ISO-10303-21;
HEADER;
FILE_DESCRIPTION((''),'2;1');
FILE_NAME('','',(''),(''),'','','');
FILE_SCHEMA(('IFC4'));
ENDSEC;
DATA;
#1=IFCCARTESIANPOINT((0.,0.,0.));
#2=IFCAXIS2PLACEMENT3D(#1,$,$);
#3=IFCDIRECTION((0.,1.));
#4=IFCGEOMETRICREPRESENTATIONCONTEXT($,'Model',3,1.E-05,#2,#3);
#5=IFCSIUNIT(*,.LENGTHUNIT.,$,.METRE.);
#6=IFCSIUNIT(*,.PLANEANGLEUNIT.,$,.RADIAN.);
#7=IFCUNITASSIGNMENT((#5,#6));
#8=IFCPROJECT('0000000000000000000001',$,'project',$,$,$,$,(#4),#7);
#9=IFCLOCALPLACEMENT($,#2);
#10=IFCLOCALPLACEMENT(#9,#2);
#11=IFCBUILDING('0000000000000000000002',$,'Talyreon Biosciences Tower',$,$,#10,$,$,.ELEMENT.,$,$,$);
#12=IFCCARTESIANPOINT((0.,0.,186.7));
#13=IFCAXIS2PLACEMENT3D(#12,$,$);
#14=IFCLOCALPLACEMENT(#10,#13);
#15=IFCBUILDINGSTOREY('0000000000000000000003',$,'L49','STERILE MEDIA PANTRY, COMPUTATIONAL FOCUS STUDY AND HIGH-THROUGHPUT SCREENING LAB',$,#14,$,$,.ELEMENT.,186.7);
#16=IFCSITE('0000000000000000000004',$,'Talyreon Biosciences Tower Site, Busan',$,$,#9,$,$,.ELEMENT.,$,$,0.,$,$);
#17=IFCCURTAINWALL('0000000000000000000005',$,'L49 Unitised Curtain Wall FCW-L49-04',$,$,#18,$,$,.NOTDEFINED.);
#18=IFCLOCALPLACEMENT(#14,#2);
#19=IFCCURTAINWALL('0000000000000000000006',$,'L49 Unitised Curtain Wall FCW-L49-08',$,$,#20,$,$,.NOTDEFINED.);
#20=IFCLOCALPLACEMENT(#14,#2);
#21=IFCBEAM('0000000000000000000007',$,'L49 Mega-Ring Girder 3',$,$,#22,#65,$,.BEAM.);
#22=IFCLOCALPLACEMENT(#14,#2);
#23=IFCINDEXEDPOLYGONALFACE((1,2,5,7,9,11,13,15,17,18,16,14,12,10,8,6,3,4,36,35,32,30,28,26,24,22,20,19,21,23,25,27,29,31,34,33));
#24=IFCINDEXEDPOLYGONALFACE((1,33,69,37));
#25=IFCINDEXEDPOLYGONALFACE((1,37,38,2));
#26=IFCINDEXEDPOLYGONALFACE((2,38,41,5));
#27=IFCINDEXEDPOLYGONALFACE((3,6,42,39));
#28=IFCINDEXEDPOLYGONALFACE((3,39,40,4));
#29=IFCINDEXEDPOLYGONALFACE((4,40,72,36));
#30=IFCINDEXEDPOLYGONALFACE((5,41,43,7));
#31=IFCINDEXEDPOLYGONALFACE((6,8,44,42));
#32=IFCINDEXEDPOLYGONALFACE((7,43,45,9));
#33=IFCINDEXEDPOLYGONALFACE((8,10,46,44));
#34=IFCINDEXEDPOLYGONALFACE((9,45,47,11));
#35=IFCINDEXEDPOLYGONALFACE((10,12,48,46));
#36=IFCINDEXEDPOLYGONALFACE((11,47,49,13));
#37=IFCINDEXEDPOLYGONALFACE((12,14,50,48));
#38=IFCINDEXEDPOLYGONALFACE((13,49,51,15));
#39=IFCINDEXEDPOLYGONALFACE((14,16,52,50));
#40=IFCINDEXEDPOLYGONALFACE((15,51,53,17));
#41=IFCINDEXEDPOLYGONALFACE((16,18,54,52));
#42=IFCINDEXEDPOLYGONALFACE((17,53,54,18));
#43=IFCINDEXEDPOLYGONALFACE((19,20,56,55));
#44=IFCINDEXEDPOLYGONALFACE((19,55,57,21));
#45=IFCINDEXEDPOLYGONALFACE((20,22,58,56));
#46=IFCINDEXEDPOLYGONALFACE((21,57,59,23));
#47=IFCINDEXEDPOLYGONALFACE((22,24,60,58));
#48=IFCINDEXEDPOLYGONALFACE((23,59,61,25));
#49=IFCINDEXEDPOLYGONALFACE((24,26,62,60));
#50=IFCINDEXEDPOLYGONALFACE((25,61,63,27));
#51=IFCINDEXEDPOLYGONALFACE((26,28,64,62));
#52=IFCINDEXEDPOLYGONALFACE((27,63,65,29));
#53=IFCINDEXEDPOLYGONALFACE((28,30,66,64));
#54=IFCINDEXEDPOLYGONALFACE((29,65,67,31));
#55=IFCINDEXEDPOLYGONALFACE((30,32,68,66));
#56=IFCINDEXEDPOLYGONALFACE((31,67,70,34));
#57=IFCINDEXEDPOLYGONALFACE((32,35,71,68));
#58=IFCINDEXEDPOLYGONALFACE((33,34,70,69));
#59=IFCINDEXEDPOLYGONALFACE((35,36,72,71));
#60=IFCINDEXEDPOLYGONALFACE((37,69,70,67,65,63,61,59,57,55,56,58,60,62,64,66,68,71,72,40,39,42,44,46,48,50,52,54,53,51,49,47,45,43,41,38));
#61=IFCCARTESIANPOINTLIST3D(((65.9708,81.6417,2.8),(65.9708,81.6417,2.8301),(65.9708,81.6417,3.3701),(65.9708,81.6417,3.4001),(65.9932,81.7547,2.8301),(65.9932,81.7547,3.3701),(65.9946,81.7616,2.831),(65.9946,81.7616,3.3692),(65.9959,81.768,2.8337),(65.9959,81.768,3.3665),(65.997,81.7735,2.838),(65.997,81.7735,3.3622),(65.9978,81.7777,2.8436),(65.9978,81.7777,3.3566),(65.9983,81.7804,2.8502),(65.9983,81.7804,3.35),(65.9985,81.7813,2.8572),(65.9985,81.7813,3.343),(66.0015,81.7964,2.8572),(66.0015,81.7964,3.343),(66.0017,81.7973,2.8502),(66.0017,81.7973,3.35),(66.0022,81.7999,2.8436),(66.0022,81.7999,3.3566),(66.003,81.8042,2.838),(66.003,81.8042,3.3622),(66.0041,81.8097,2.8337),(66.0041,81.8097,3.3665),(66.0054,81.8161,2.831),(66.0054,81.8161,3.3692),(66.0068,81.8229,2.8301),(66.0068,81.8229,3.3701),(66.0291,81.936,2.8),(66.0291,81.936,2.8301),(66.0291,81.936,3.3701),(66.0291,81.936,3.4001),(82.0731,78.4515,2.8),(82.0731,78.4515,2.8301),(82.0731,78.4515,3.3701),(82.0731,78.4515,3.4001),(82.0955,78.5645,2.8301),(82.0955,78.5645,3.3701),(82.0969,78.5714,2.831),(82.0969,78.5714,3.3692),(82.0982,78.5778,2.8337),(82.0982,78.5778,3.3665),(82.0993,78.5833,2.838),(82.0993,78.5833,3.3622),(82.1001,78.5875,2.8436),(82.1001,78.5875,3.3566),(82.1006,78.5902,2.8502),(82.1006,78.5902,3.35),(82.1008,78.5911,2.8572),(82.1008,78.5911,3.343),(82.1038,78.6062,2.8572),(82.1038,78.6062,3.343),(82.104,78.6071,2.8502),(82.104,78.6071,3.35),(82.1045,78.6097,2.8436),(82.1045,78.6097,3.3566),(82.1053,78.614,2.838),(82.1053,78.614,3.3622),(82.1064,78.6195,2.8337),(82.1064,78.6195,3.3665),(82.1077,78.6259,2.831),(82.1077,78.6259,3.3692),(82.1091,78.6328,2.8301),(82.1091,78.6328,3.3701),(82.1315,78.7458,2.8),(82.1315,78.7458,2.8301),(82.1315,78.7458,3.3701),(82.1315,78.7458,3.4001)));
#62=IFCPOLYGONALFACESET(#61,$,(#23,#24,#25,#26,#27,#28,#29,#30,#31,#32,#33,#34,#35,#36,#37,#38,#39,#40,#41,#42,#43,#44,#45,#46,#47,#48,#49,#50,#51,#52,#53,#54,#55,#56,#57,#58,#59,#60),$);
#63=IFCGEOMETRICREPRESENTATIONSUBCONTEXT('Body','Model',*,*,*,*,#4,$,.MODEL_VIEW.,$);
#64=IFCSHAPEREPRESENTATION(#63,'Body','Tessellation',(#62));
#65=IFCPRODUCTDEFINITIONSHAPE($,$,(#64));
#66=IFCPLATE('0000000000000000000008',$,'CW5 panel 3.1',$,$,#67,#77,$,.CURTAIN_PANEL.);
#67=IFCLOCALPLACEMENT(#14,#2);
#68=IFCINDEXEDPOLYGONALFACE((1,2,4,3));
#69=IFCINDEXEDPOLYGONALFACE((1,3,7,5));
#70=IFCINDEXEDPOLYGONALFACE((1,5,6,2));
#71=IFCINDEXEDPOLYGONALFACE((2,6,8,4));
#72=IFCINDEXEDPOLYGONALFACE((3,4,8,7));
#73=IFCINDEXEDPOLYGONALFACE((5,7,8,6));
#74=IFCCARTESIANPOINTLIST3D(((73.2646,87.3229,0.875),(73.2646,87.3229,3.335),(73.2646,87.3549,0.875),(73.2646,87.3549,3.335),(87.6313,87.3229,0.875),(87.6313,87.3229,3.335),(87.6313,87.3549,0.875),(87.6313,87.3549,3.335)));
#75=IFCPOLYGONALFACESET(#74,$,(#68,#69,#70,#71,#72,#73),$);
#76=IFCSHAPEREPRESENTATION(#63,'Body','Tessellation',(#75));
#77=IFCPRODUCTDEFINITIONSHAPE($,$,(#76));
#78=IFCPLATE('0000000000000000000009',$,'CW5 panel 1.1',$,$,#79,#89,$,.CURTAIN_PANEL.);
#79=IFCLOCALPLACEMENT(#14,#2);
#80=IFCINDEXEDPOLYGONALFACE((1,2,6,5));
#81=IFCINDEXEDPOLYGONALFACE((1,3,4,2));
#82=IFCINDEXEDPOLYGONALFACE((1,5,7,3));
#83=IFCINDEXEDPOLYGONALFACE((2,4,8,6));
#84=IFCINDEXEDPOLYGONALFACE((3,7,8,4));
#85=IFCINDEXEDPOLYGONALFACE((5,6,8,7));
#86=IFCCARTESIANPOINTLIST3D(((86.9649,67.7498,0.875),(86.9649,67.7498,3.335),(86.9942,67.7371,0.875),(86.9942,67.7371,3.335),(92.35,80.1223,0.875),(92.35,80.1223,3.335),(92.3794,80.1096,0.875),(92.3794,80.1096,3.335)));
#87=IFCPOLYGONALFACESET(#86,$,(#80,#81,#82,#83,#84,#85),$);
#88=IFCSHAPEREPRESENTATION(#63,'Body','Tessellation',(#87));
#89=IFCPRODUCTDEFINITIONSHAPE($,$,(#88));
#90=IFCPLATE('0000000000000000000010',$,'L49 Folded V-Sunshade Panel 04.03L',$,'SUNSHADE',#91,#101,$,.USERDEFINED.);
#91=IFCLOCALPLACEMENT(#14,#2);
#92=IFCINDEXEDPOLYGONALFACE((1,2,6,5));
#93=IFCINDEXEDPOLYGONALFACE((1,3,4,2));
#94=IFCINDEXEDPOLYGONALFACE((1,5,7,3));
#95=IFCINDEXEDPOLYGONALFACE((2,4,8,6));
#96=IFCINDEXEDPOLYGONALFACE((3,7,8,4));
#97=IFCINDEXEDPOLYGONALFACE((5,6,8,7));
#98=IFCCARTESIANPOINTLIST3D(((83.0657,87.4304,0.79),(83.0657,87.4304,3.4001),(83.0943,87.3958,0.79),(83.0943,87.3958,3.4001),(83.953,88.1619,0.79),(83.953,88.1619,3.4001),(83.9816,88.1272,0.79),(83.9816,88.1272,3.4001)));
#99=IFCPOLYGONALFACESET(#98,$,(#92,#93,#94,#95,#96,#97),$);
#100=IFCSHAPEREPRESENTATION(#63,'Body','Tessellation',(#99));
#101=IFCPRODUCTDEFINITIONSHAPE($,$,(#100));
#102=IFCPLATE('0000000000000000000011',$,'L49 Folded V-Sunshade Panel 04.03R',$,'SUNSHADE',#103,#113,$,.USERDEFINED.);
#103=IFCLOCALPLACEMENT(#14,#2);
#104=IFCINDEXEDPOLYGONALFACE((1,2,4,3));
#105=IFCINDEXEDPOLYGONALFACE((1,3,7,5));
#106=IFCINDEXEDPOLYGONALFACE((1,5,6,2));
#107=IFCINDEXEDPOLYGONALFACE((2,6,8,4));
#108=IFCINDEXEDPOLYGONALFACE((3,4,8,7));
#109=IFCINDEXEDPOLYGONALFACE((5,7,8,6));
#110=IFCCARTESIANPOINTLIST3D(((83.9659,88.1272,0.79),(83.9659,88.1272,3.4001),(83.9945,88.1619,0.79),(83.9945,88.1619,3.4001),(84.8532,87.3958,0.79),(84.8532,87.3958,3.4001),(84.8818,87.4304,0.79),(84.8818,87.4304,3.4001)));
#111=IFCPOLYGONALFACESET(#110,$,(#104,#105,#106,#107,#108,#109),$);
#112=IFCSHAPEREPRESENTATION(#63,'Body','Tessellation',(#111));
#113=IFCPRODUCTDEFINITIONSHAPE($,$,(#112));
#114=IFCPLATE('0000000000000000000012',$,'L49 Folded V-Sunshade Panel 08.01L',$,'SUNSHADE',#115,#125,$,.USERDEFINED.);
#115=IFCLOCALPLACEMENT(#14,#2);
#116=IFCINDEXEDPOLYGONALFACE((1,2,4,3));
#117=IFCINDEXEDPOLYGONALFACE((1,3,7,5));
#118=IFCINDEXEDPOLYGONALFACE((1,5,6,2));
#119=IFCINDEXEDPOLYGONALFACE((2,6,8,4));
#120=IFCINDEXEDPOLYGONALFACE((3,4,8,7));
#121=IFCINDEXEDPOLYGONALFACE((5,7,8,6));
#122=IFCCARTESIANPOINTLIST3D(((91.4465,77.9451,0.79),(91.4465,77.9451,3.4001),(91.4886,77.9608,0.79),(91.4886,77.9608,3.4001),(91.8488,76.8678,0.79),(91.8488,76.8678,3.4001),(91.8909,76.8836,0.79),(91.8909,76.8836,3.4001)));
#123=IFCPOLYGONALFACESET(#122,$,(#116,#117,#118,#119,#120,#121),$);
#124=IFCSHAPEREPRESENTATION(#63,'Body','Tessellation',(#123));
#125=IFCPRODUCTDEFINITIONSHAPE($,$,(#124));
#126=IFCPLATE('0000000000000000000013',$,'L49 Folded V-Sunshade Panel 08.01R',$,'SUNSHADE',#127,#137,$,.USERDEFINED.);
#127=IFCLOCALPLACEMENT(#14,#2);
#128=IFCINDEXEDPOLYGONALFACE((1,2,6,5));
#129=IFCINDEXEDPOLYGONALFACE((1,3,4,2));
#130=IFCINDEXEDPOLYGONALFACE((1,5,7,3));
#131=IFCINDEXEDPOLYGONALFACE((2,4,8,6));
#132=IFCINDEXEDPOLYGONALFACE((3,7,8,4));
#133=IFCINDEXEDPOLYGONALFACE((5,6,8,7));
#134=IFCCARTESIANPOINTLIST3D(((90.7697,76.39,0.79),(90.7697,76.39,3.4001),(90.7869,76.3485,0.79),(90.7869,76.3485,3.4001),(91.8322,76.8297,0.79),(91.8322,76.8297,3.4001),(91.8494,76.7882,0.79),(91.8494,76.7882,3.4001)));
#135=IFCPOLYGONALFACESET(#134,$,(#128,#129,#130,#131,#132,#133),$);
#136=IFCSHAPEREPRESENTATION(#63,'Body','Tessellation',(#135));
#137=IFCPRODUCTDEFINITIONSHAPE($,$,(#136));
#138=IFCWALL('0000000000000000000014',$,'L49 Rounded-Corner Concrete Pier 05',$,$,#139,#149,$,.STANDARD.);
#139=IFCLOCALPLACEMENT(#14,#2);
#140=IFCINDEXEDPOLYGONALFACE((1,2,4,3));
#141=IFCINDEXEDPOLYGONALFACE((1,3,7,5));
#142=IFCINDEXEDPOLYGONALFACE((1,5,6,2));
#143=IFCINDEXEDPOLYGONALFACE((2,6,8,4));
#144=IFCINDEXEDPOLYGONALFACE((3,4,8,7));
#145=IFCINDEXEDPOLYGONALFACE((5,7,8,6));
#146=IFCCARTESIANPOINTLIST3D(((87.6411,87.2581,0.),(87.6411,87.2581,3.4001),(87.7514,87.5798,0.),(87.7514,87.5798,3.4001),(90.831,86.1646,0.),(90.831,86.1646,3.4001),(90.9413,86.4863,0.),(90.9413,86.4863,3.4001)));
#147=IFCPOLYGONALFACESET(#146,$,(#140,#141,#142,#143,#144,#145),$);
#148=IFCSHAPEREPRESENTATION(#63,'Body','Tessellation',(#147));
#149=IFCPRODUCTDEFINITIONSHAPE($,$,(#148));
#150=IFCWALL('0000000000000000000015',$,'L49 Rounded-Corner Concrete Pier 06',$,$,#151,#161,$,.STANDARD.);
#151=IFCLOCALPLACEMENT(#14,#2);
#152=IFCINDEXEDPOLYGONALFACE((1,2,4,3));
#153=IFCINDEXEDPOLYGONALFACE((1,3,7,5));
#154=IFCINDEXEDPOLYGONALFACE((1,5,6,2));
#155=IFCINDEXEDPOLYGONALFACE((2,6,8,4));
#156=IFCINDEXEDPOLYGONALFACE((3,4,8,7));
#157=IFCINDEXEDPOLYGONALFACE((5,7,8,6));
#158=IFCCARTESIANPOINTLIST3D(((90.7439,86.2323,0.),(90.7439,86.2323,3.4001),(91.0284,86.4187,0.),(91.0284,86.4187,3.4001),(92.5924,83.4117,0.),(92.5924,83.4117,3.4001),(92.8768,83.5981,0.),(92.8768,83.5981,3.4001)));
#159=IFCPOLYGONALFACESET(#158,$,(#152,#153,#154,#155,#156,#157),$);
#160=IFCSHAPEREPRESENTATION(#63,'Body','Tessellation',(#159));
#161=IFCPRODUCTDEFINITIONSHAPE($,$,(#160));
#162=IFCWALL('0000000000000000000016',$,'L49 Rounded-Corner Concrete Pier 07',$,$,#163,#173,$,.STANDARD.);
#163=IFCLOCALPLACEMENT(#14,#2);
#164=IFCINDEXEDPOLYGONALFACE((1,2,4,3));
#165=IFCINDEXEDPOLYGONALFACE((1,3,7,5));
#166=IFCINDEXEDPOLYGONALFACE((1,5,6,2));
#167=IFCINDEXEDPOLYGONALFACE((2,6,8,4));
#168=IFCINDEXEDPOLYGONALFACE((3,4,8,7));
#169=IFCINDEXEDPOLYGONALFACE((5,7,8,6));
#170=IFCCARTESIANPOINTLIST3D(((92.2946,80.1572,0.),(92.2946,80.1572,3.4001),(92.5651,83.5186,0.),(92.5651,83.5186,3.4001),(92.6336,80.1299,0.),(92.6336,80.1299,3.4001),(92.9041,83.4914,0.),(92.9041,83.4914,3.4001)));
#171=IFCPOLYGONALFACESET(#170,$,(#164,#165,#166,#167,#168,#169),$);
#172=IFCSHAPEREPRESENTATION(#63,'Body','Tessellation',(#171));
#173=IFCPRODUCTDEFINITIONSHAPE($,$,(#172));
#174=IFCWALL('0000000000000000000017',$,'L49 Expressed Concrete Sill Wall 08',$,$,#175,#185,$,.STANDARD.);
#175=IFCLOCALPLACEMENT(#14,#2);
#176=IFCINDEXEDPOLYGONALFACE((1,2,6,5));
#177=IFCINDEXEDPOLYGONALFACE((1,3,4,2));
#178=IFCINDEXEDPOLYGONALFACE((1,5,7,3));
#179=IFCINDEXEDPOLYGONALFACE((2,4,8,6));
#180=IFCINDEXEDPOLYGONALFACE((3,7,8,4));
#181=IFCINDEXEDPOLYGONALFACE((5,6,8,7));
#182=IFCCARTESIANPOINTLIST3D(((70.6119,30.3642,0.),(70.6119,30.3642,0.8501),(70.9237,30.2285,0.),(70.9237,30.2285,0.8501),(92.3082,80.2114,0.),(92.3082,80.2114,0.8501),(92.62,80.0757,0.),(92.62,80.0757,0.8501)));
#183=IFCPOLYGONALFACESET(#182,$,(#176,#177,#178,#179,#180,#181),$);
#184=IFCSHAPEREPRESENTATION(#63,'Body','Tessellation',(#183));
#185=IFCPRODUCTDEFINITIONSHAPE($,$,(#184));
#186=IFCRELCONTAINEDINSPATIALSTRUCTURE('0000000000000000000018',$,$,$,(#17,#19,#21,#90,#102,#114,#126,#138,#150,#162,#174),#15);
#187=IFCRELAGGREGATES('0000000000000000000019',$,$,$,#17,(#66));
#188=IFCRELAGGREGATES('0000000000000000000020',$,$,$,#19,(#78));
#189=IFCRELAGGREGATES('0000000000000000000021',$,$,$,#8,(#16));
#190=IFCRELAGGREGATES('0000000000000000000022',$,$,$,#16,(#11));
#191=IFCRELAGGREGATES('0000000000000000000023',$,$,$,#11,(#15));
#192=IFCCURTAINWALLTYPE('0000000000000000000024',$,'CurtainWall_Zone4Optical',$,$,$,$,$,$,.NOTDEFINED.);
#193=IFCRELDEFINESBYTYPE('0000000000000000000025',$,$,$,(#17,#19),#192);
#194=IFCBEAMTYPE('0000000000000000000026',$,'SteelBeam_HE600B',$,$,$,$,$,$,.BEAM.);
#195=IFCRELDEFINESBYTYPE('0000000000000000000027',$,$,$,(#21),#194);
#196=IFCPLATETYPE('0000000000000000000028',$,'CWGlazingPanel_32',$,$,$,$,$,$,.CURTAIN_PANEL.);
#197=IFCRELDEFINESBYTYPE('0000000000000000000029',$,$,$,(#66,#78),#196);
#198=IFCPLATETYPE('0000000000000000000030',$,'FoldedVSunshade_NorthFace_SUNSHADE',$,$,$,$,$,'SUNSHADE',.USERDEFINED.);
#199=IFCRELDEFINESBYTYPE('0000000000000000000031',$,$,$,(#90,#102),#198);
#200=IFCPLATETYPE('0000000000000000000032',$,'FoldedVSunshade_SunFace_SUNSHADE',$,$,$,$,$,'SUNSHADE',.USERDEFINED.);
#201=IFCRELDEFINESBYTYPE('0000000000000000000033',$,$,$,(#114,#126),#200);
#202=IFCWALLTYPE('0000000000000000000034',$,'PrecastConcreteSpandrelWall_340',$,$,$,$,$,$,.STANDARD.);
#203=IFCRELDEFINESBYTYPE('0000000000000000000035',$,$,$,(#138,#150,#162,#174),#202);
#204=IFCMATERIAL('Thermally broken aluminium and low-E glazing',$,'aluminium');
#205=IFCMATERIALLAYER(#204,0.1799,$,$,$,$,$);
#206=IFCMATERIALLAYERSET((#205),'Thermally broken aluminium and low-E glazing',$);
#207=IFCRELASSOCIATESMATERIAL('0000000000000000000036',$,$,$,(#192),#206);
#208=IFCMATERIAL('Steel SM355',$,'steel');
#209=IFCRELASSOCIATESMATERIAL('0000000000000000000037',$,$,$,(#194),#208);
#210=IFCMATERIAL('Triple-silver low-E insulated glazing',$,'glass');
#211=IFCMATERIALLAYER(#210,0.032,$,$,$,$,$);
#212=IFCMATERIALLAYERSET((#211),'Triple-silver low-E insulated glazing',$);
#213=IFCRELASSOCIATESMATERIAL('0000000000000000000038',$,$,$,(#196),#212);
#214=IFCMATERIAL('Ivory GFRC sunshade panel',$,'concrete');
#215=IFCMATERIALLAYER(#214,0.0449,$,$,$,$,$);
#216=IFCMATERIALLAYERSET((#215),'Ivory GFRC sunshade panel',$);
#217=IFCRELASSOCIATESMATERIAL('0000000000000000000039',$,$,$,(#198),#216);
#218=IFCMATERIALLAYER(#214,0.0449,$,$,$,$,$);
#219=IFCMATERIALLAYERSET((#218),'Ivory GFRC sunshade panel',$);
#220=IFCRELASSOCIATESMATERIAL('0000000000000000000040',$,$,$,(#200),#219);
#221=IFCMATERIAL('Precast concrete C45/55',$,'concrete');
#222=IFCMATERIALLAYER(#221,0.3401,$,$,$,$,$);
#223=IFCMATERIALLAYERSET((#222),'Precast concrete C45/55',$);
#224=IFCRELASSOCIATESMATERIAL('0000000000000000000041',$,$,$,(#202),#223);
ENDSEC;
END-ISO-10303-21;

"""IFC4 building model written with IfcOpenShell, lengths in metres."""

from ifc_helpers import new_model, si_unit, direction, frame, frame_2d, origin, origin_2d, place, context, subcontext, project, spatial, rectangle, i_section, extrude, material, layer, layer_set, material_profile, profile_set, type_object, element, aggregate, save


model = new_model("IFC4")

# Units and contexts
model_context = context("Model", 3, precision=1e-05, world=origin(), true_north=direction((0.0, 1.0)))
body_context = subcontext(model_context, "Body", "Model", "MODEL_VIEW")
ifc_project = project(units=[si_unit("LENGTHUNIT", "METRE"), si_unit("PLANEANGLEUNIT", "RADIAN")], contexts=[model_context])

# Site, building, storey
site_placement = place(None, origin())
site = spatial("IfcSite", under=ifc_project, at=site_placement, Name="Talyreon Biosciences Tower Site, Busan", CompositionType="ELEMENT", RefElevation=0.0)
building_placement = place(site_placement, origin())
building = spatial("IfcBuilding", under=site, at=building_placement, Name="Talyreon Biosciences Tower", CompositionType="ELEMENT")
storey_placement = place(building_placement, frame((0.0, 0.0, 186.7)))
storey = spatial("IfcBuildingStorey", under=building, at=storey_placement, Name="L49", Description="STERILE MEDIA PANTRY, COMPUTATIONAL FOCUS STUDY AND HIGH-THROUGHPUT SCREENING LAB", CompositionType="ELEMENT", Elevation=186.7)

# Curtain wall
ifc_material_1 = material(Name="Thermally broken aluminium and low-E glazing", Category="aluminium")
ifc_layer_1 = layer(ifc_material_1, 0.1799)
ifc_layer_set_1 = layer_set([ifc_layer_1], Name="Thermally broken aluminium and low-E glazing")
curtain_wall_type = type_object("IfcCurtainWallType", Name="CurtainWall_Zone4Optical", PredefinedType="NOTDEFINED", material=ifc_layer_set_1)
curtain_wall_1_placement = place(storey_placement, origin())
curtain_wall_1 = element("IfcCurtainWall", 1, at=curtain_wall_1_placement, inside=storey, type_object=curtain_wall_type, Name="L49 Unitised Curtain Wall FCW-L49-04", PredefinedType="NOTDEFINED")

# Curtain wall
curtain_wall_2_placement = place(storey_placement, origin())
curtain_wall_2 = element("IfcCurtainWall", 2, at=curtain_wall_2_placement, inside=storey, type_object=curtain_wall_type, Name="L49 Unitised Curtain Wall FCW-L49-08", PredefinedType="NOTDEFINED")

# Beam
ifc_material_2 = material(Name="Precast concrete C45/55", Category="concrete")
ifc_material_3 = material(Name="Steel SM355", Category="steel")
ifc_material_profile_1 = material_profile(ifc_material_3, i_section(OverallWidth=0.3, OverallDepth=0.6001, WebThickness=0.0154, FlangeThickness=0.03, FilletRadius=0.0271, at=origin_2d()), Name="HE600B")
ifc_profile_set_1 = profile_set([ifc_material_profile_1], Name="Steel SM355")
beam_type_1 = type_object("IfcBeamType", Name="SteelBeam_HE600B", PredefinedType="BEAM", material=ifc_profile_set_1)
beam_1_placement = place(storey_placement, frame((82.1023, 78.5986, 3.1001), z_axis=(-0.980934, 0.194343, 0.0), x_axis=(-0.194343, -0.980934, 0.0)))
element("IfcBeam", 3, at=beam_1_placement, inside=storey, type_object=beam_type_1, Name="L49 Mega-Ring Girder 3", PredefinedType="BEAM", context=body_context, shape_type="SweptSolid", body=[
    extrude(i_section(OverallWidth=0.3, OverallDepth=0.6001, WebThickness=0.0154, FlangeThickness=0.03, FilletRadius=0.0271, at=origin_2d()), origin(), (0.0, 0.0, 1.0), 16.4153),
])

# Plates
ifc_material_4 = material(Name="Triple-silver low-E insulated glazing", Category="glass")
ifc_layer_2 = layer(ifc_material_4, 0.032)
ifc_layer_set_2 = layer_set([ifc_layer_2], Name="Triple-silver low-E insulated glazing")
plate_type_1 = type_object("IfcPlateType", Name="CWGlazingPanel_32", PredefinedType="CURTAIN_PANEL", material=ifc_layer_set_2)
plate_1_placement = place(storey_placement, frame((80.448, 87.3389, 0.875), z_axis=(0.0, 0.0, 1.0), x_axis=(1.0, 0.0, 0.0)))
plate_1 = element("IfcPlate", 4, at=plate_1_placement, type_object=plate_type_1, Name="CW5 panel 3.1", PredefinedType="CURTAIN_PANEL", context=body_context, shape_type="SweptSolid", body=[
    extrude(rectangle(XDim=14.3667, YDim=0.032, at=origin_2d()), origin(), (0.0, 0.0, 1.0), 2.46),
])
aggregate(curtain_wall_1, [plate_1])
plate_2_placement = place(storey_placement, frame((89.6721, 73.9297, 0.875), z_axis=(0.0, 0.0, 1.0), x_axis=(-0.399089, -0.916912, 0.0)))
plate_2 = element("IfcPlate", 5, at=plate_2_placement, type_object=plate_type_1, Name="CW5 panel 1.1", PredefinedType="CURTAIN_PANEL", context=body_context, shape_type="SweptSolid", body=[
    extrude(rectangle(XDim=13.4937, YDim=0.032, at=origin_2d()), origin(), (0.0, 0.0, 1.0), 2.46),
])
aggregate(curtain_wall_2, [plate_2])

# Plates
ifc_material_5 = material(Name="Ivory GFRC sunshade panel", Category="concrete")
ifc_layer_3 = layer(ifc_material_5, 0.0449)
ifc_layer_set_3 = layer_set([ifc_layer_3], Name="Ivory GFRC sunshade panel")
plate_type_2 = type_object("IfcPlateType", Name="FoldedVSunshade_NorthFace_SUNSHADE", ElementType="SUNSHADE", PredefinedType="USERDEFINED", material=ifc_layer_set_3)
for number, where, z_axis, x_axis, name in (
    (6, (83.5237, 87.7788, 0.79), (0.0, 0.0, 1.0), (0.771625, 0.636078, 0.0), "L49 Folded V-Sunshade Panel 04.03L"),
    (7, (84.4238, 87.7788, 0.79), (0.0, 0.0, 1.0), (0.771625, -0.636078, 0.0), "L49 Folded V-Sunshade Panel 04.03R"),
):
    element("IfcPlate", number, at=place(storey_placement, frame(where, z_axis=z_axis, x_axis=x_axis)), inside=storey, type_object=plate_type_2, Name=name, ObjectType="SUNSHADE", PredefinedType="USERDEFINED", context=body_context, shape_type="SweptSolid", body=[
        extrude(rectangle(XDim=1.1499, YDim=0.0449, at=origin_2d()), origin(), (0.0, 0.0, 1.0), 2.6101),
    ])
ifc_layer_4 = layer(ifc_material_5, 0.0449)
ifc_layer_set_4 = layer_set([ifc_layer_4], Name="Ivory GFRC sunshade panel")
plate_type_3 = type_object("IfcPlateType", Name="FoldedVSunshade_SunFace_SUNSHADE", ElementType="SUNSHADE", PredefinedType="USERDEFINED", material=ifc_layer_set_4)
for number, where, z_axis, x_axis, name in (
    (8, (91.6687, 77.4143, 0.79), (0.0, 0.0, 1.0), (0.349864, -0.9368, 0.0), "L49 Folded V-Sunshade Panel 08.01L"),
    (9, (91.3096, 76.5891, 0.79), (0.0, 0.0, 1.0), (-0.92402, -0.382345, 0.0), "L49 Folded V-Sunshade Panel 08.01R"),
):
    element("IfcPlate", number, at=place(storey_placement, frame(where, z_axis=z_axis, x_axis=x_axis)), inside=storey, type_object=plate_type_3, Name=name, ObjectType="SUNSHADE", PredefinedType="USERDEFINED", context=body_context, shape_type="SweptSolid", body=[
        extrude(rectangle(XDim=1.1499, YDim=0.0449, at=origin_2d()), origin(), (0.0, 0.0, 1.0), 2.6101),
    ])

# Walls
ifc_layer_5 = layer(ifc_material_2, 0.3401)
ifc_layer_set_5 = layer_set([ifc_layer_5], Name="Precast concrete C45/55")
wall_type = type_object("IfcWallType", Name="PrecastConcreteSpandrelWall_340", PredefinedType="STANDARD", material=ifc_layer_set_5)
wall_1_placement = place(storey_placement, frame((87.6963, 87.4189, 0.0), z_axis=(0.0, 0.0, 1.0), x_axis=(0.945963, -0.324274, 0.0)))
element("IfcWall", 10, at=wall_1_placement, inside=storey, type_object=wall_type, Name="L49 Rounded-Corner Concrete Pier 05", PredefinedType="STANDARD", context=body_context, shape_type="SweptSolid", body=[
    extrude(rectangle(XDim=3.3721, YDim=0.3401, at=frame_2d((1.686, 0.0))), origin(), (0.0, 0.0, 1.0), 3.4001),
])
for number, where, z_axis, x_axis, name in (
    (11, (90.8862, 86.3254, 0.0), (0.0, 0.0, 1.0), (0.548117, -0.836402, 0.0), "L49 Rounded-Corner Concrete Pier 06"),
    (12, (92.7346, 83.5049, 0.0), (0.0, 0.0, 1.0), (-0.080217, -0.996777, 0.0), "L49 Rounded-Corner Concrete Pier 07"),
):
    element("IfcWall", number, at=place(storey_placement, frame(where, z_axis=z_axis, x_axis=x_axis)), inside=storey, type_object=wall_type, Name=name, PredefinedType="STANDARD", context=body_context, shape_type="SweptSolid", body=[
        extrude(rectangle(XDim=3.3723, YDim=0.3401, at=frame_2d((1.686, 0.0))), origin(), (0.0, 0.0, 1.0), 3.4001),
    ])
wall_2_placement = place(storey_placement, frame((92.4641, 80.1436, 0.0), z_axis=(0.0, 0.0, 1.0), x_axis=(-0.399091, -0.916911, 0.0)))
element("IfcWall", 13, at=wall_2_placement, inside=storey, type_object=wall_type, Name="L49 Expressed Concrete Sill Wall 08", PredefinedType="STANDARD", context=body_context, shape_type="SweptSolid", body=[
    extrude(rectangle(XDim=54.3643, YDim=0.3401, at=frame_2d((27.1821, 0.0))), origin(), (0.0, 0.0, 1.0), 0.8501),
])

save(model, "model.ifc")
